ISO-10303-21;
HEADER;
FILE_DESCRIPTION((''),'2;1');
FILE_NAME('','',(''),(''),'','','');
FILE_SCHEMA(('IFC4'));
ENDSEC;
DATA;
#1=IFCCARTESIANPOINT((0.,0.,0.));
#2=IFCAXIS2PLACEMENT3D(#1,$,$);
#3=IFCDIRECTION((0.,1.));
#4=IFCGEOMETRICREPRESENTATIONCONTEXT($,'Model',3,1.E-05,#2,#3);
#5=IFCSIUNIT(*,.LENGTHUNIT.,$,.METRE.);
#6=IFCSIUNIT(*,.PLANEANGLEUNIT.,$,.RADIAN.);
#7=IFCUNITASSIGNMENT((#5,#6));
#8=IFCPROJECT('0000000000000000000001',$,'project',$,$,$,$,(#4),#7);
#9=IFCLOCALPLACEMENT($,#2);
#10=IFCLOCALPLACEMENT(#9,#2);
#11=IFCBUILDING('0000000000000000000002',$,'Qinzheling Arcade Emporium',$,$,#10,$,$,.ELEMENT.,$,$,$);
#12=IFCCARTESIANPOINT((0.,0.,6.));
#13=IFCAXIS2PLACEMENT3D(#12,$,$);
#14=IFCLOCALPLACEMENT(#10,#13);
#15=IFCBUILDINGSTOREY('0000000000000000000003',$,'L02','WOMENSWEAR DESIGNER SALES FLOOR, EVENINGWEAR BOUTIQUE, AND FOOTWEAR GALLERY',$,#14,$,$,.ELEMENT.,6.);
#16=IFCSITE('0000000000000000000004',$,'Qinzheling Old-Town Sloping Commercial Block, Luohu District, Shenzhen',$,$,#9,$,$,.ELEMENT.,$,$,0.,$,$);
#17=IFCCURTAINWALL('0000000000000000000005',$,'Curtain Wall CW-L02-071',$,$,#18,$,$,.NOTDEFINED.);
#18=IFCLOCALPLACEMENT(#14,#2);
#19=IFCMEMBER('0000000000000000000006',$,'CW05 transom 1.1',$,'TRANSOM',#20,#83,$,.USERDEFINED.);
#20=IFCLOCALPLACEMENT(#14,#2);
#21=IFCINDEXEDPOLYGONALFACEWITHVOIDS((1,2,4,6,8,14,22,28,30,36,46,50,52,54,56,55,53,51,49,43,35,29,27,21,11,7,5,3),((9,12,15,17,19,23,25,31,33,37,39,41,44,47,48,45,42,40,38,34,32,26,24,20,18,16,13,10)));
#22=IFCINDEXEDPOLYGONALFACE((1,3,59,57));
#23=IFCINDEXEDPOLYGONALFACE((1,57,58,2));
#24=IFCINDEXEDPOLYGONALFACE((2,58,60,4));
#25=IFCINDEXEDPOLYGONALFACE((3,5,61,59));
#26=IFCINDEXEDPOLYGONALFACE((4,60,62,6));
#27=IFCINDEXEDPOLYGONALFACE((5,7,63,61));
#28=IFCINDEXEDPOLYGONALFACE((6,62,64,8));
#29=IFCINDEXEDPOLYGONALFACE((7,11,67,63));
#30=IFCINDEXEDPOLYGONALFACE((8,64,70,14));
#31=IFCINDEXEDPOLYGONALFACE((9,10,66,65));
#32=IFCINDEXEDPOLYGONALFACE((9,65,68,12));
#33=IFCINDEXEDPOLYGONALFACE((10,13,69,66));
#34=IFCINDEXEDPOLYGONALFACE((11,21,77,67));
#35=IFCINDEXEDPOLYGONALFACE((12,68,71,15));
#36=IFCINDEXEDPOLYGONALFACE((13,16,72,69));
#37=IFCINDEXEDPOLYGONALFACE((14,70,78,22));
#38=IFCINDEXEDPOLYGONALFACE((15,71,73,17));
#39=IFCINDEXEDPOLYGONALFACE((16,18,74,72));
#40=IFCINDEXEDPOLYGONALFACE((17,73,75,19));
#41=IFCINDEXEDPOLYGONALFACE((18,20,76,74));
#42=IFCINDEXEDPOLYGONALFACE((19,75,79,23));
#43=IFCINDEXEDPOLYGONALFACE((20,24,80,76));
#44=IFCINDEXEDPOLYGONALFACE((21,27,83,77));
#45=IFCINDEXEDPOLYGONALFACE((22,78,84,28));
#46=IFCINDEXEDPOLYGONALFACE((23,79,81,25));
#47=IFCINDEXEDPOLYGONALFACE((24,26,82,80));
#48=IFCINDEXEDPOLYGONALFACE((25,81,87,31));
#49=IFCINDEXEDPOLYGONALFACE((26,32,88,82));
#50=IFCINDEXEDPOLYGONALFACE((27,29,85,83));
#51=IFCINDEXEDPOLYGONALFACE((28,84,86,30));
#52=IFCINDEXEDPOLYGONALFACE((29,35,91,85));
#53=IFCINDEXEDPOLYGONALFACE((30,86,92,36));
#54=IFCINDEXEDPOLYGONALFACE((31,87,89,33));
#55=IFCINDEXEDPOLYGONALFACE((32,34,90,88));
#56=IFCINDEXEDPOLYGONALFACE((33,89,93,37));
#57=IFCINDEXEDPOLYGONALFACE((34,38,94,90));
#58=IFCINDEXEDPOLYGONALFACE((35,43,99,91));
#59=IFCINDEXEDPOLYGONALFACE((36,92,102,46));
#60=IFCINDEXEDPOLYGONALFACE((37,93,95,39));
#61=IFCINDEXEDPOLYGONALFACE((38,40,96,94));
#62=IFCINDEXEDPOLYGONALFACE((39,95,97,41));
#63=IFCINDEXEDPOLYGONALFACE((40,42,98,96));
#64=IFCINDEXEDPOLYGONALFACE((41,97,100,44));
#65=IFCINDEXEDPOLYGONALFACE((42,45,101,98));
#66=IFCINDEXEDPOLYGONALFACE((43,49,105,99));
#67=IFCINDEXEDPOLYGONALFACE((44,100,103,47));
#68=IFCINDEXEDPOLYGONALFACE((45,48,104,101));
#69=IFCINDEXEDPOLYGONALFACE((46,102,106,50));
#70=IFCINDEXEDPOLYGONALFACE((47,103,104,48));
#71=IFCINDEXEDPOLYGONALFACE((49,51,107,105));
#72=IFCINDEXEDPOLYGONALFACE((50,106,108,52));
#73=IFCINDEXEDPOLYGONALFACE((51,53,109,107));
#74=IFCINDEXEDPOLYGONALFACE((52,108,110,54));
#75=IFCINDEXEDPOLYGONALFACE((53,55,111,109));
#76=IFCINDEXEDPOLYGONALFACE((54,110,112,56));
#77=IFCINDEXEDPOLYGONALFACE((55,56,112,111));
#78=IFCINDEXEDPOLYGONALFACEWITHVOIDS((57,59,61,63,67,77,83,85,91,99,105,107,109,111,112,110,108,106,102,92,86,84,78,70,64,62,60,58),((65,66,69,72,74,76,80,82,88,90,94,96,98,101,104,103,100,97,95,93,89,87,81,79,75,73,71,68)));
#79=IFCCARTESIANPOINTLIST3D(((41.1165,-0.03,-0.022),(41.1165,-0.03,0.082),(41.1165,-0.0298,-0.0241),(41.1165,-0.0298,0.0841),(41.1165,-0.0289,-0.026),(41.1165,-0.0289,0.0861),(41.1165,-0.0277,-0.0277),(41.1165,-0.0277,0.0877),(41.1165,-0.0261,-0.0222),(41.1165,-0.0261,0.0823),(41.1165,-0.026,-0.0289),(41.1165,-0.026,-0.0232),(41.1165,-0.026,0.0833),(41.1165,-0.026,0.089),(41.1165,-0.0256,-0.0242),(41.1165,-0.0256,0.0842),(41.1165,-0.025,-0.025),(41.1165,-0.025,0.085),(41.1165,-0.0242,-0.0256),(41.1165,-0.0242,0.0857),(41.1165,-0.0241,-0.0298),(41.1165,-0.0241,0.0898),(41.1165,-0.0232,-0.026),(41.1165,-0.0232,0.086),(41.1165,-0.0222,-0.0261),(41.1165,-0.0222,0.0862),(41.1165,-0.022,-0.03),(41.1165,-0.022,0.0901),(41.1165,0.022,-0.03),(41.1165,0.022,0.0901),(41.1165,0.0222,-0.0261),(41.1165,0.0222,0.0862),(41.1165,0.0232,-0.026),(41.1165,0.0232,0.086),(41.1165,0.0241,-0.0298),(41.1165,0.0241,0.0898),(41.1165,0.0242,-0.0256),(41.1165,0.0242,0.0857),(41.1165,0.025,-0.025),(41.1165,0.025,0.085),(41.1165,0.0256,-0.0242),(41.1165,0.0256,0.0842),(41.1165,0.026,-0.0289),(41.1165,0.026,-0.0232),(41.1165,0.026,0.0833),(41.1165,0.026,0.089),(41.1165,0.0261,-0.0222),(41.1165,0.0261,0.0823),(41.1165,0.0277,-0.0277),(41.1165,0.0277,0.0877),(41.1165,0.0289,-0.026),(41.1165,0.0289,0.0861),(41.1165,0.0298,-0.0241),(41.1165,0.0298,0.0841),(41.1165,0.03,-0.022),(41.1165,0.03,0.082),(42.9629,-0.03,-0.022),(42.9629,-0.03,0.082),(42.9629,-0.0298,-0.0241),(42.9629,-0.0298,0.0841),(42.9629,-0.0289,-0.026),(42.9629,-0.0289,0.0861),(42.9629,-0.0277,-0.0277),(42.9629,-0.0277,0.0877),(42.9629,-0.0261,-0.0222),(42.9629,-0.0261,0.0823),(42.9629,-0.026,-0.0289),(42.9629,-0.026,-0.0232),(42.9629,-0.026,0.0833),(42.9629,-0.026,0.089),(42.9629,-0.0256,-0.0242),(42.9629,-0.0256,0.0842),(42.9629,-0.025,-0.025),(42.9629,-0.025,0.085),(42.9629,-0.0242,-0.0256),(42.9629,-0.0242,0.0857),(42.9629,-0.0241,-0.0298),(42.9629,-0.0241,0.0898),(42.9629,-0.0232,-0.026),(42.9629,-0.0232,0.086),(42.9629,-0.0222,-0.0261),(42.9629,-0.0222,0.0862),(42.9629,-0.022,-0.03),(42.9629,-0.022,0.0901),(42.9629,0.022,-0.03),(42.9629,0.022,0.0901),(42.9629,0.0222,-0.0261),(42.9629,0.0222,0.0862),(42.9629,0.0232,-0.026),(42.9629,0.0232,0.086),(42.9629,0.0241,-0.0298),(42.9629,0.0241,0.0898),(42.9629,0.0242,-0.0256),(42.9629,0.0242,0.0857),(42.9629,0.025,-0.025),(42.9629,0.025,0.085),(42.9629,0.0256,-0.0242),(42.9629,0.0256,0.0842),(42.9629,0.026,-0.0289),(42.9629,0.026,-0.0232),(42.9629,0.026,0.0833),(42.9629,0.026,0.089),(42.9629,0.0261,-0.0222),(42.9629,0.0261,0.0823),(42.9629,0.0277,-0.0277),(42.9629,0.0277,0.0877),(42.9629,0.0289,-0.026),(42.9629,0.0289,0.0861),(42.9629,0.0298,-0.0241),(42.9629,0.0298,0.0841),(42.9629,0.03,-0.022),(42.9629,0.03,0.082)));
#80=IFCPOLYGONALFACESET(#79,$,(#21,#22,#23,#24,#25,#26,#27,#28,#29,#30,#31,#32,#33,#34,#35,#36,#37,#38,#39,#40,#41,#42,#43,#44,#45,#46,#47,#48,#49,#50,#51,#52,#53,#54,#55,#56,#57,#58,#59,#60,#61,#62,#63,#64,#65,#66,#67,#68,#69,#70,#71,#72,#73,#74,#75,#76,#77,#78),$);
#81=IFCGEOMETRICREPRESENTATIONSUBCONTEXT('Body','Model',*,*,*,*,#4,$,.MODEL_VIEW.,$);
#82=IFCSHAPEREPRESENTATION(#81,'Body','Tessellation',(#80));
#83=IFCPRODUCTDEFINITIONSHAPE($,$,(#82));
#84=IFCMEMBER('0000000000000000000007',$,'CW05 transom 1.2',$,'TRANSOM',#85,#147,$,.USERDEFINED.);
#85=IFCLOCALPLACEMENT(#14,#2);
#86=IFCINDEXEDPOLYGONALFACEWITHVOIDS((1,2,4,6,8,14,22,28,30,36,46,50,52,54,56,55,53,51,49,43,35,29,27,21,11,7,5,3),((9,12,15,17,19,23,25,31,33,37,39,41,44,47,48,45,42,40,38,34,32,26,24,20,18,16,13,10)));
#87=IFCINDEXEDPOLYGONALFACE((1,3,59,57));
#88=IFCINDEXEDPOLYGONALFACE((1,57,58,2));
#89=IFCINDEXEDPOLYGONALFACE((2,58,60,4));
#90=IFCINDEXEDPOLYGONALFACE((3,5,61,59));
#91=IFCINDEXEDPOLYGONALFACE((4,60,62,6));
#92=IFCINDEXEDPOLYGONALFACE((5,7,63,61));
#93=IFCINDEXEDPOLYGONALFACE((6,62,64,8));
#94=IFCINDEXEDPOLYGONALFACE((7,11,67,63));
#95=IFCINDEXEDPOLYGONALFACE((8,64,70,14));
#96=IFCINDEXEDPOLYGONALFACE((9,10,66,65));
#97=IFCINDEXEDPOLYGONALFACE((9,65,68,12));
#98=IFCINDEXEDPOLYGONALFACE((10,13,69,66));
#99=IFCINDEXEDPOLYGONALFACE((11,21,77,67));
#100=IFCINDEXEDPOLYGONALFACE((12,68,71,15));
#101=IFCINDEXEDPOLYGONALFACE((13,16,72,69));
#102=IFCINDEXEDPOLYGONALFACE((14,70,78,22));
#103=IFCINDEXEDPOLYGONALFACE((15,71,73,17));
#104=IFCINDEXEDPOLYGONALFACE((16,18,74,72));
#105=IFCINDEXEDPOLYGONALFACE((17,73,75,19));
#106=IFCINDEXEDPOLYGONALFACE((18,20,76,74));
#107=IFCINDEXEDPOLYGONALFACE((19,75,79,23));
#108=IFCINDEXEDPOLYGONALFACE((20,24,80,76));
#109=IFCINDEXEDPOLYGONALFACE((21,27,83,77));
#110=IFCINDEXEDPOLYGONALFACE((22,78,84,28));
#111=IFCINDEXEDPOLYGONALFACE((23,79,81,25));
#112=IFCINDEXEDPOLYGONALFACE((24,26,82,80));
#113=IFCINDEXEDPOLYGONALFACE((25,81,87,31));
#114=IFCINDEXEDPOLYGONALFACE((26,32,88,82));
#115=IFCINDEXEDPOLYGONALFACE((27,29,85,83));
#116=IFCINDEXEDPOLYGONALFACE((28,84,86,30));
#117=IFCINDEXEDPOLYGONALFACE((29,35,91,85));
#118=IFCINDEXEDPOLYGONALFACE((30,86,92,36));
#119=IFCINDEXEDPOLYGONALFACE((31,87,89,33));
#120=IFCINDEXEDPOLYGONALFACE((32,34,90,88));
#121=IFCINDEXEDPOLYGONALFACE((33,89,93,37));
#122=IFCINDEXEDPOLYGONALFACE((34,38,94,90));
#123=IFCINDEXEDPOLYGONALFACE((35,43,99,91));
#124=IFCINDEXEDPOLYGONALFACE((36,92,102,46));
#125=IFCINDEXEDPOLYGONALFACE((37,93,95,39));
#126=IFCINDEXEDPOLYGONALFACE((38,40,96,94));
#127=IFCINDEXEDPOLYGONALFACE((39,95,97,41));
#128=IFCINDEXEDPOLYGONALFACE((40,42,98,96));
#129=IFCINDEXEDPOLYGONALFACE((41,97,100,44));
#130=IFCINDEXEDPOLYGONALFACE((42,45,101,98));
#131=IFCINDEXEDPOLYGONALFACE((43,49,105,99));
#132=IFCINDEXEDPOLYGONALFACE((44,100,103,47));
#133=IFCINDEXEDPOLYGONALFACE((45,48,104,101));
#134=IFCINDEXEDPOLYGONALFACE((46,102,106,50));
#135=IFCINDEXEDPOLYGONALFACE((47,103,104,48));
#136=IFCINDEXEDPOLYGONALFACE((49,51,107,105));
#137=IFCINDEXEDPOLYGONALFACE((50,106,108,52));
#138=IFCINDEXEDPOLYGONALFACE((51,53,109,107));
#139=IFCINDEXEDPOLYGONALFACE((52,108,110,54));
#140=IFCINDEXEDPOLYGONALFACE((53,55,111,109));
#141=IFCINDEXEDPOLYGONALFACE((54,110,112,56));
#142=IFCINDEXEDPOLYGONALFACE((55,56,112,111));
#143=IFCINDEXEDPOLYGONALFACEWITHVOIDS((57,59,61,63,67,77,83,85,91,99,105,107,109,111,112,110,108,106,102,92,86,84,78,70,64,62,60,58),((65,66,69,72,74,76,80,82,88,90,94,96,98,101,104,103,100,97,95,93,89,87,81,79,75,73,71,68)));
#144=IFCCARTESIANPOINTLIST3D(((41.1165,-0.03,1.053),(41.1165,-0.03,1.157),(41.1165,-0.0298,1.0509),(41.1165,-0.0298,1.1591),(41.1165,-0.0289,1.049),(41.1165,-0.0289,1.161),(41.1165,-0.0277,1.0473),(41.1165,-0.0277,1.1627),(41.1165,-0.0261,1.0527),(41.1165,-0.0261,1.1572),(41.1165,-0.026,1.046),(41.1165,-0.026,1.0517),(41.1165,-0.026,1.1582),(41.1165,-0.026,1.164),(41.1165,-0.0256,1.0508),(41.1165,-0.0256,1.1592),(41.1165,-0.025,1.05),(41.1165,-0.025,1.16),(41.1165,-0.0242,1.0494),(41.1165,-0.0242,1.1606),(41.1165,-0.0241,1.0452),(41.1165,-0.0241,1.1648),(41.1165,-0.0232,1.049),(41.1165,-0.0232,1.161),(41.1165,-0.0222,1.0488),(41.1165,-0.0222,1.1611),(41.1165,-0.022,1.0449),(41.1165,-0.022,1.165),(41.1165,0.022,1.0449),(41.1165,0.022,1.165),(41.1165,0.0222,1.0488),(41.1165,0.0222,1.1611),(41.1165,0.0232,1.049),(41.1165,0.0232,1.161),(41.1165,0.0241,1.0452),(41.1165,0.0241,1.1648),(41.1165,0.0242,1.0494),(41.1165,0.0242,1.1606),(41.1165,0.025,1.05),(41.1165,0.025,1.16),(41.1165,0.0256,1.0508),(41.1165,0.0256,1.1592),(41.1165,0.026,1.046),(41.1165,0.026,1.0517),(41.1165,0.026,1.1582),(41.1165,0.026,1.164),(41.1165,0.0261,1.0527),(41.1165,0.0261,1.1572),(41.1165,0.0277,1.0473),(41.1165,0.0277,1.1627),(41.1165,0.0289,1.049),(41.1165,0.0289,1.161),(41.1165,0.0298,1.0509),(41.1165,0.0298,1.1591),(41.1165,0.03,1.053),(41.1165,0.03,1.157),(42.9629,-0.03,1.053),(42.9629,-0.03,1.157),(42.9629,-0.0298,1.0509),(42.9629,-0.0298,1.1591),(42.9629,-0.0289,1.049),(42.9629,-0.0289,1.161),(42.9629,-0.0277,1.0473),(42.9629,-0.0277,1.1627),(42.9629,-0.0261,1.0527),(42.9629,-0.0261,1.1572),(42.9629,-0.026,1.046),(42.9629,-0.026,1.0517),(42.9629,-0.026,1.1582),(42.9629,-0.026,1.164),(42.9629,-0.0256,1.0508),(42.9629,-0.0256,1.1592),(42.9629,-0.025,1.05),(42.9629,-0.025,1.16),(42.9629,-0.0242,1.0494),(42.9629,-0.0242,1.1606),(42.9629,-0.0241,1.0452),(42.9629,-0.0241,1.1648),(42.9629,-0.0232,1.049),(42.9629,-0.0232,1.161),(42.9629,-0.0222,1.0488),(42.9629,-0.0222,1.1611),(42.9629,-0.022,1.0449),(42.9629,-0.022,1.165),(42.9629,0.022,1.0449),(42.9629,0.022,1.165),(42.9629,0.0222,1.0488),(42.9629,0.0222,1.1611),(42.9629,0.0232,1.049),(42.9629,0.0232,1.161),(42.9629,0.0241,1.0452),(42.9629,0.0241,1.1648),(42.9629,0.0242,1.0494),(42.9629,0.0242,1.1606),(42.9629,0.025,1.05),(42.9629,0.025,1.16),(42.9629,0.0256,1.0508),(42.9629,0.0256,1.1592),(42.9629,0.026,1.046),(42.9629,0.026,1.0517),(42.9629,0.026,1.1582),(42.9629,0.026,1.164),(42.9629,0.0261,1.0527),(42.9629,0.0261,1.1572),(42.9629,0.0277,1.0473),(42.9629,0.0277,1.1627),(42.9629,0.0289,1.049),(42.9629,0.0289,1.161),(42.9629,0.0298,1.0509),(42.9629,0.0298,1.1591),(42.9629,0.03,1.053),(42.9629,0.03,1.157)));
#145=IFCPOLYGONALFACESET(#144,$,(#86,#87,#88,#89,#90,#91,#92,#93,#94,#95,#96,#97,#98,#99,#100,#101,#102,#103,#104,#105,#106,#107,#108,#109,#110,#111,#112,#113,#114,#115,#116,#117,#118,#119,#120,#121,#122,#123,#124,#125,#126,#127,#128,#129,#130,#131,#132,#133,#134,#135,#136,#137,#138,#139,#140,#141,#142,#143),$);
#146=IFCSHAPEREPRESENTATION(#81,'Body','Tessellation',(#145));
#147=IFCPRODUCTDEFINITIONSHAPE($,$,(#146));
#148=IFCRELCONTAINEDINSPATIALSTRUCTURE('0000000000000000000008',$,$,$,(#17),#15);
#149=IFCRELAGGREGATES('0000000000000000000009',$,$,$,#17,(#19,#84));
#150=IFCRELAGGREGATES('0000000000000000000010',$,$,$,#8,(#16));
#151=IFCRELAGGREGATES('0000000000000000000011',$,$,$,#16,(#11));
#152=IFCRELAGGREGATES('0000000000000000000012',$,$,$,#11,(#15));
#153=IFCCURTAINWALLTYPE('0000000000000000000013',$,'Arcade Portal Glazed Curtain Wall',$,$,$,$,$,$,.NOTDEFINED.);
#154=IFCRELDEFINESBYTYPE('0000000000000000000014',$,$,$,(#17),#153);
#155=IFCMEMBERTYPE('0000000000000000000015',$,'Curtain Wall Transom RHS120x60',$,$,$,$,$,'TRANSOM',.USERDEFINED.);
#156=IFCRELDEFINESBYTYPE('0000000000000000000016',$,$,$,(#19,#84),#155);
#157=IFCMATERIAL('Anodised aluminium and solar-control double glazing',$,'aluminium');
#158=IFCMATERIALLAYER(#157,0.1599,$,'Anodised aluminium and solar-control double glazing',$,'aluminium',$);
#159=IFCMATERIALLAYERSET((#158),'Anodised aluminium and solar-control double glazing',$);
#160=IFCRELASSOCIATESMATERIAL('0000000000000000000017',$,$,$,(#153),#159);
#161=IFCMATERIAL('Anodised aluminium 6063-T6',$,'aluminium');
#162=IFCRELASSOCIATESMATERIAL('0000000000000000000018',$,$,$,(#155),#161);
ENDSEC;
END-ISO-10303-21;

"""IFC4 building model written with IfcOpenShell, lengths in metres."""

from ifc_helpers import new_model, si_unit, direction, frame, origin, origin_2d, place, context, subcontext, project, spatial, hollow_rectangle, extrude, material, layer, layer_set, material_profile, profile_set, type_object, element, aggregate, save


model = new_model("IFC4")

# Units and contexts
model_context = context("Model", 3, precision=1e-05, world=origin(), true_north=direction((0.0, 1.0)))
body_context = subcontext(model_context, "Body", "Model", "MODEL_VIEW")
ifc_project = project(units=[si_unit("LENGTHUNIT", "METRE"), si_unit("PLANEANGLEUNIT", "RADIAN")], contexts=[model_context])

# Site, building, storey
site_placement = place(None, origin())
site = spatial("IfcSite", under=ifc_project, at=site_placement, Name="Qinzheling Old-Town Sloping Commercial Block, Luohu District, Shenzhen", CompositionType="ELEMENT", RefElevation=0.0)
building_placement = place(site_placement, origin())
building = spatial("IfcBuilding", under=site, at=building_placement, Name="Qinzheling Arcade Emporium", CompositionType="ELEMENT")
storey_placement = place(building_placement, frame((0.0, 0.0, 6.0)))
storey = spatial("IfcBuildingStorey", under=building, at=storey_placement, Name="L02", Description="WOMENSWEAR DESIGNER SALES FLOOR, EVENINGWEAR BOUTIQUE, AND FOOTWEAR GALLERY", CompositionType="ELEMENT", Elevation=6.0)

# Curtain wall
ifc_material_1 = material(Name="Anodised aluminium and solar-control double glazing", Category="aluminium")
ifc_layer_1 = layer(ifc_material_1, 0.1599, Name="Anodised aluminium and solar-control double glazing", Category="aluminium")
ifc_layer_set_1 = layer_set([ifc_layer_1], Name="Anodised aluminium and solar-control double glazing")
curtain_wall_type = type_object("IfcCurtainWallType", Name="Arcade Portal Glazed Curtain Wall", PredefinedType="NOTDEFINED", material=ifc_layer_set_1)
ifc_material_2 = material(Name="Anodised aluminium 6063-T6", Category="aluminium")
curtain_wall_1_placement = place(storey_placement, origin())
curtain_wall_1 = element("IfcCurtainWall", 1, at=curtain_wall_1_placement, inside=storey, type_object=curtain_wall_type, Name="Curtain Wall CW-L02-071", PredefinedType="NOTDEFINED")

# Members
ifc_material_profile_1 = material_profile(ifc_material_2, hollow_rectangle(XDim=0.0601, YDim=0.1201, WallThickness=0.0039, InnerFilletRadius=0.0039, OuterFilletRadius=0.0081, at=origin_2d()), Name="RHS 120x60x4", Category="aluminium")
ifc_profile_set_1 = profile_set([ifc_material_profile_1], Name="Anodised aluminium 6063-T6")
member_type_1 = type_object("IfcMemberType", Name="Curtain Wall Transom RHS120x60", ElementType="TRANSOM", PredefinedType="USERDEFINED", material=ifc_profile_set_1)
member_1_placement = place(storey_placement, frame((42.9629, 0.0, 0.03), z_axis=(-1.0, 0.0, 0.0), x_axis=(0.0, -1.0, 0.0)))
member_1 = element("IfcMember", 2, at=member_1_placement, type_object=member_type_1, Name="CW05 transom 1.1", ObjectType="TRANSOM", PredefinedType="USERDEFINED", context=body_context, shape_type="SweptSolid", body=[
    extrude(hollow_rectangle(XDim=0.0601, YDim=0.1201, WallThickness=0.0039, InnerFilletRadius=0.0039, OuterFilletRadius=0.0081, at=origin_2d()), origin(), (0.0, 0.0, 1.0), 1.8464),
])
member_2_placement = place(storey_placement, frame((42.9629, 0.0, 1.105), z_axis=(-1.0, 0.0, 0.0), x_axis=(0.0, -1.0, 0.0)))
member_2 = element("IfcMember", 3, at=member_2_placement, type_object=member_type_1, Name="CW05 transom 1.2", ObjectType="TRANSOM", PredefinedType="USERDEFINED", context=body_context, shape_type="SweptSolid", body=[
    extrude(hollow_rectangle(XDim=0.0601, YDim=0.1201, WallThickness=0.0039, InnerFilletRadius=0.0039, OuterFilletRadius=0.0081, at=origin_2d()), origin(), (0.0, 0.0, 1.0), 1.8464),
])

aggregate(curtain_wall_1, [member_1, member_2])

save(model, "model.ifc")
